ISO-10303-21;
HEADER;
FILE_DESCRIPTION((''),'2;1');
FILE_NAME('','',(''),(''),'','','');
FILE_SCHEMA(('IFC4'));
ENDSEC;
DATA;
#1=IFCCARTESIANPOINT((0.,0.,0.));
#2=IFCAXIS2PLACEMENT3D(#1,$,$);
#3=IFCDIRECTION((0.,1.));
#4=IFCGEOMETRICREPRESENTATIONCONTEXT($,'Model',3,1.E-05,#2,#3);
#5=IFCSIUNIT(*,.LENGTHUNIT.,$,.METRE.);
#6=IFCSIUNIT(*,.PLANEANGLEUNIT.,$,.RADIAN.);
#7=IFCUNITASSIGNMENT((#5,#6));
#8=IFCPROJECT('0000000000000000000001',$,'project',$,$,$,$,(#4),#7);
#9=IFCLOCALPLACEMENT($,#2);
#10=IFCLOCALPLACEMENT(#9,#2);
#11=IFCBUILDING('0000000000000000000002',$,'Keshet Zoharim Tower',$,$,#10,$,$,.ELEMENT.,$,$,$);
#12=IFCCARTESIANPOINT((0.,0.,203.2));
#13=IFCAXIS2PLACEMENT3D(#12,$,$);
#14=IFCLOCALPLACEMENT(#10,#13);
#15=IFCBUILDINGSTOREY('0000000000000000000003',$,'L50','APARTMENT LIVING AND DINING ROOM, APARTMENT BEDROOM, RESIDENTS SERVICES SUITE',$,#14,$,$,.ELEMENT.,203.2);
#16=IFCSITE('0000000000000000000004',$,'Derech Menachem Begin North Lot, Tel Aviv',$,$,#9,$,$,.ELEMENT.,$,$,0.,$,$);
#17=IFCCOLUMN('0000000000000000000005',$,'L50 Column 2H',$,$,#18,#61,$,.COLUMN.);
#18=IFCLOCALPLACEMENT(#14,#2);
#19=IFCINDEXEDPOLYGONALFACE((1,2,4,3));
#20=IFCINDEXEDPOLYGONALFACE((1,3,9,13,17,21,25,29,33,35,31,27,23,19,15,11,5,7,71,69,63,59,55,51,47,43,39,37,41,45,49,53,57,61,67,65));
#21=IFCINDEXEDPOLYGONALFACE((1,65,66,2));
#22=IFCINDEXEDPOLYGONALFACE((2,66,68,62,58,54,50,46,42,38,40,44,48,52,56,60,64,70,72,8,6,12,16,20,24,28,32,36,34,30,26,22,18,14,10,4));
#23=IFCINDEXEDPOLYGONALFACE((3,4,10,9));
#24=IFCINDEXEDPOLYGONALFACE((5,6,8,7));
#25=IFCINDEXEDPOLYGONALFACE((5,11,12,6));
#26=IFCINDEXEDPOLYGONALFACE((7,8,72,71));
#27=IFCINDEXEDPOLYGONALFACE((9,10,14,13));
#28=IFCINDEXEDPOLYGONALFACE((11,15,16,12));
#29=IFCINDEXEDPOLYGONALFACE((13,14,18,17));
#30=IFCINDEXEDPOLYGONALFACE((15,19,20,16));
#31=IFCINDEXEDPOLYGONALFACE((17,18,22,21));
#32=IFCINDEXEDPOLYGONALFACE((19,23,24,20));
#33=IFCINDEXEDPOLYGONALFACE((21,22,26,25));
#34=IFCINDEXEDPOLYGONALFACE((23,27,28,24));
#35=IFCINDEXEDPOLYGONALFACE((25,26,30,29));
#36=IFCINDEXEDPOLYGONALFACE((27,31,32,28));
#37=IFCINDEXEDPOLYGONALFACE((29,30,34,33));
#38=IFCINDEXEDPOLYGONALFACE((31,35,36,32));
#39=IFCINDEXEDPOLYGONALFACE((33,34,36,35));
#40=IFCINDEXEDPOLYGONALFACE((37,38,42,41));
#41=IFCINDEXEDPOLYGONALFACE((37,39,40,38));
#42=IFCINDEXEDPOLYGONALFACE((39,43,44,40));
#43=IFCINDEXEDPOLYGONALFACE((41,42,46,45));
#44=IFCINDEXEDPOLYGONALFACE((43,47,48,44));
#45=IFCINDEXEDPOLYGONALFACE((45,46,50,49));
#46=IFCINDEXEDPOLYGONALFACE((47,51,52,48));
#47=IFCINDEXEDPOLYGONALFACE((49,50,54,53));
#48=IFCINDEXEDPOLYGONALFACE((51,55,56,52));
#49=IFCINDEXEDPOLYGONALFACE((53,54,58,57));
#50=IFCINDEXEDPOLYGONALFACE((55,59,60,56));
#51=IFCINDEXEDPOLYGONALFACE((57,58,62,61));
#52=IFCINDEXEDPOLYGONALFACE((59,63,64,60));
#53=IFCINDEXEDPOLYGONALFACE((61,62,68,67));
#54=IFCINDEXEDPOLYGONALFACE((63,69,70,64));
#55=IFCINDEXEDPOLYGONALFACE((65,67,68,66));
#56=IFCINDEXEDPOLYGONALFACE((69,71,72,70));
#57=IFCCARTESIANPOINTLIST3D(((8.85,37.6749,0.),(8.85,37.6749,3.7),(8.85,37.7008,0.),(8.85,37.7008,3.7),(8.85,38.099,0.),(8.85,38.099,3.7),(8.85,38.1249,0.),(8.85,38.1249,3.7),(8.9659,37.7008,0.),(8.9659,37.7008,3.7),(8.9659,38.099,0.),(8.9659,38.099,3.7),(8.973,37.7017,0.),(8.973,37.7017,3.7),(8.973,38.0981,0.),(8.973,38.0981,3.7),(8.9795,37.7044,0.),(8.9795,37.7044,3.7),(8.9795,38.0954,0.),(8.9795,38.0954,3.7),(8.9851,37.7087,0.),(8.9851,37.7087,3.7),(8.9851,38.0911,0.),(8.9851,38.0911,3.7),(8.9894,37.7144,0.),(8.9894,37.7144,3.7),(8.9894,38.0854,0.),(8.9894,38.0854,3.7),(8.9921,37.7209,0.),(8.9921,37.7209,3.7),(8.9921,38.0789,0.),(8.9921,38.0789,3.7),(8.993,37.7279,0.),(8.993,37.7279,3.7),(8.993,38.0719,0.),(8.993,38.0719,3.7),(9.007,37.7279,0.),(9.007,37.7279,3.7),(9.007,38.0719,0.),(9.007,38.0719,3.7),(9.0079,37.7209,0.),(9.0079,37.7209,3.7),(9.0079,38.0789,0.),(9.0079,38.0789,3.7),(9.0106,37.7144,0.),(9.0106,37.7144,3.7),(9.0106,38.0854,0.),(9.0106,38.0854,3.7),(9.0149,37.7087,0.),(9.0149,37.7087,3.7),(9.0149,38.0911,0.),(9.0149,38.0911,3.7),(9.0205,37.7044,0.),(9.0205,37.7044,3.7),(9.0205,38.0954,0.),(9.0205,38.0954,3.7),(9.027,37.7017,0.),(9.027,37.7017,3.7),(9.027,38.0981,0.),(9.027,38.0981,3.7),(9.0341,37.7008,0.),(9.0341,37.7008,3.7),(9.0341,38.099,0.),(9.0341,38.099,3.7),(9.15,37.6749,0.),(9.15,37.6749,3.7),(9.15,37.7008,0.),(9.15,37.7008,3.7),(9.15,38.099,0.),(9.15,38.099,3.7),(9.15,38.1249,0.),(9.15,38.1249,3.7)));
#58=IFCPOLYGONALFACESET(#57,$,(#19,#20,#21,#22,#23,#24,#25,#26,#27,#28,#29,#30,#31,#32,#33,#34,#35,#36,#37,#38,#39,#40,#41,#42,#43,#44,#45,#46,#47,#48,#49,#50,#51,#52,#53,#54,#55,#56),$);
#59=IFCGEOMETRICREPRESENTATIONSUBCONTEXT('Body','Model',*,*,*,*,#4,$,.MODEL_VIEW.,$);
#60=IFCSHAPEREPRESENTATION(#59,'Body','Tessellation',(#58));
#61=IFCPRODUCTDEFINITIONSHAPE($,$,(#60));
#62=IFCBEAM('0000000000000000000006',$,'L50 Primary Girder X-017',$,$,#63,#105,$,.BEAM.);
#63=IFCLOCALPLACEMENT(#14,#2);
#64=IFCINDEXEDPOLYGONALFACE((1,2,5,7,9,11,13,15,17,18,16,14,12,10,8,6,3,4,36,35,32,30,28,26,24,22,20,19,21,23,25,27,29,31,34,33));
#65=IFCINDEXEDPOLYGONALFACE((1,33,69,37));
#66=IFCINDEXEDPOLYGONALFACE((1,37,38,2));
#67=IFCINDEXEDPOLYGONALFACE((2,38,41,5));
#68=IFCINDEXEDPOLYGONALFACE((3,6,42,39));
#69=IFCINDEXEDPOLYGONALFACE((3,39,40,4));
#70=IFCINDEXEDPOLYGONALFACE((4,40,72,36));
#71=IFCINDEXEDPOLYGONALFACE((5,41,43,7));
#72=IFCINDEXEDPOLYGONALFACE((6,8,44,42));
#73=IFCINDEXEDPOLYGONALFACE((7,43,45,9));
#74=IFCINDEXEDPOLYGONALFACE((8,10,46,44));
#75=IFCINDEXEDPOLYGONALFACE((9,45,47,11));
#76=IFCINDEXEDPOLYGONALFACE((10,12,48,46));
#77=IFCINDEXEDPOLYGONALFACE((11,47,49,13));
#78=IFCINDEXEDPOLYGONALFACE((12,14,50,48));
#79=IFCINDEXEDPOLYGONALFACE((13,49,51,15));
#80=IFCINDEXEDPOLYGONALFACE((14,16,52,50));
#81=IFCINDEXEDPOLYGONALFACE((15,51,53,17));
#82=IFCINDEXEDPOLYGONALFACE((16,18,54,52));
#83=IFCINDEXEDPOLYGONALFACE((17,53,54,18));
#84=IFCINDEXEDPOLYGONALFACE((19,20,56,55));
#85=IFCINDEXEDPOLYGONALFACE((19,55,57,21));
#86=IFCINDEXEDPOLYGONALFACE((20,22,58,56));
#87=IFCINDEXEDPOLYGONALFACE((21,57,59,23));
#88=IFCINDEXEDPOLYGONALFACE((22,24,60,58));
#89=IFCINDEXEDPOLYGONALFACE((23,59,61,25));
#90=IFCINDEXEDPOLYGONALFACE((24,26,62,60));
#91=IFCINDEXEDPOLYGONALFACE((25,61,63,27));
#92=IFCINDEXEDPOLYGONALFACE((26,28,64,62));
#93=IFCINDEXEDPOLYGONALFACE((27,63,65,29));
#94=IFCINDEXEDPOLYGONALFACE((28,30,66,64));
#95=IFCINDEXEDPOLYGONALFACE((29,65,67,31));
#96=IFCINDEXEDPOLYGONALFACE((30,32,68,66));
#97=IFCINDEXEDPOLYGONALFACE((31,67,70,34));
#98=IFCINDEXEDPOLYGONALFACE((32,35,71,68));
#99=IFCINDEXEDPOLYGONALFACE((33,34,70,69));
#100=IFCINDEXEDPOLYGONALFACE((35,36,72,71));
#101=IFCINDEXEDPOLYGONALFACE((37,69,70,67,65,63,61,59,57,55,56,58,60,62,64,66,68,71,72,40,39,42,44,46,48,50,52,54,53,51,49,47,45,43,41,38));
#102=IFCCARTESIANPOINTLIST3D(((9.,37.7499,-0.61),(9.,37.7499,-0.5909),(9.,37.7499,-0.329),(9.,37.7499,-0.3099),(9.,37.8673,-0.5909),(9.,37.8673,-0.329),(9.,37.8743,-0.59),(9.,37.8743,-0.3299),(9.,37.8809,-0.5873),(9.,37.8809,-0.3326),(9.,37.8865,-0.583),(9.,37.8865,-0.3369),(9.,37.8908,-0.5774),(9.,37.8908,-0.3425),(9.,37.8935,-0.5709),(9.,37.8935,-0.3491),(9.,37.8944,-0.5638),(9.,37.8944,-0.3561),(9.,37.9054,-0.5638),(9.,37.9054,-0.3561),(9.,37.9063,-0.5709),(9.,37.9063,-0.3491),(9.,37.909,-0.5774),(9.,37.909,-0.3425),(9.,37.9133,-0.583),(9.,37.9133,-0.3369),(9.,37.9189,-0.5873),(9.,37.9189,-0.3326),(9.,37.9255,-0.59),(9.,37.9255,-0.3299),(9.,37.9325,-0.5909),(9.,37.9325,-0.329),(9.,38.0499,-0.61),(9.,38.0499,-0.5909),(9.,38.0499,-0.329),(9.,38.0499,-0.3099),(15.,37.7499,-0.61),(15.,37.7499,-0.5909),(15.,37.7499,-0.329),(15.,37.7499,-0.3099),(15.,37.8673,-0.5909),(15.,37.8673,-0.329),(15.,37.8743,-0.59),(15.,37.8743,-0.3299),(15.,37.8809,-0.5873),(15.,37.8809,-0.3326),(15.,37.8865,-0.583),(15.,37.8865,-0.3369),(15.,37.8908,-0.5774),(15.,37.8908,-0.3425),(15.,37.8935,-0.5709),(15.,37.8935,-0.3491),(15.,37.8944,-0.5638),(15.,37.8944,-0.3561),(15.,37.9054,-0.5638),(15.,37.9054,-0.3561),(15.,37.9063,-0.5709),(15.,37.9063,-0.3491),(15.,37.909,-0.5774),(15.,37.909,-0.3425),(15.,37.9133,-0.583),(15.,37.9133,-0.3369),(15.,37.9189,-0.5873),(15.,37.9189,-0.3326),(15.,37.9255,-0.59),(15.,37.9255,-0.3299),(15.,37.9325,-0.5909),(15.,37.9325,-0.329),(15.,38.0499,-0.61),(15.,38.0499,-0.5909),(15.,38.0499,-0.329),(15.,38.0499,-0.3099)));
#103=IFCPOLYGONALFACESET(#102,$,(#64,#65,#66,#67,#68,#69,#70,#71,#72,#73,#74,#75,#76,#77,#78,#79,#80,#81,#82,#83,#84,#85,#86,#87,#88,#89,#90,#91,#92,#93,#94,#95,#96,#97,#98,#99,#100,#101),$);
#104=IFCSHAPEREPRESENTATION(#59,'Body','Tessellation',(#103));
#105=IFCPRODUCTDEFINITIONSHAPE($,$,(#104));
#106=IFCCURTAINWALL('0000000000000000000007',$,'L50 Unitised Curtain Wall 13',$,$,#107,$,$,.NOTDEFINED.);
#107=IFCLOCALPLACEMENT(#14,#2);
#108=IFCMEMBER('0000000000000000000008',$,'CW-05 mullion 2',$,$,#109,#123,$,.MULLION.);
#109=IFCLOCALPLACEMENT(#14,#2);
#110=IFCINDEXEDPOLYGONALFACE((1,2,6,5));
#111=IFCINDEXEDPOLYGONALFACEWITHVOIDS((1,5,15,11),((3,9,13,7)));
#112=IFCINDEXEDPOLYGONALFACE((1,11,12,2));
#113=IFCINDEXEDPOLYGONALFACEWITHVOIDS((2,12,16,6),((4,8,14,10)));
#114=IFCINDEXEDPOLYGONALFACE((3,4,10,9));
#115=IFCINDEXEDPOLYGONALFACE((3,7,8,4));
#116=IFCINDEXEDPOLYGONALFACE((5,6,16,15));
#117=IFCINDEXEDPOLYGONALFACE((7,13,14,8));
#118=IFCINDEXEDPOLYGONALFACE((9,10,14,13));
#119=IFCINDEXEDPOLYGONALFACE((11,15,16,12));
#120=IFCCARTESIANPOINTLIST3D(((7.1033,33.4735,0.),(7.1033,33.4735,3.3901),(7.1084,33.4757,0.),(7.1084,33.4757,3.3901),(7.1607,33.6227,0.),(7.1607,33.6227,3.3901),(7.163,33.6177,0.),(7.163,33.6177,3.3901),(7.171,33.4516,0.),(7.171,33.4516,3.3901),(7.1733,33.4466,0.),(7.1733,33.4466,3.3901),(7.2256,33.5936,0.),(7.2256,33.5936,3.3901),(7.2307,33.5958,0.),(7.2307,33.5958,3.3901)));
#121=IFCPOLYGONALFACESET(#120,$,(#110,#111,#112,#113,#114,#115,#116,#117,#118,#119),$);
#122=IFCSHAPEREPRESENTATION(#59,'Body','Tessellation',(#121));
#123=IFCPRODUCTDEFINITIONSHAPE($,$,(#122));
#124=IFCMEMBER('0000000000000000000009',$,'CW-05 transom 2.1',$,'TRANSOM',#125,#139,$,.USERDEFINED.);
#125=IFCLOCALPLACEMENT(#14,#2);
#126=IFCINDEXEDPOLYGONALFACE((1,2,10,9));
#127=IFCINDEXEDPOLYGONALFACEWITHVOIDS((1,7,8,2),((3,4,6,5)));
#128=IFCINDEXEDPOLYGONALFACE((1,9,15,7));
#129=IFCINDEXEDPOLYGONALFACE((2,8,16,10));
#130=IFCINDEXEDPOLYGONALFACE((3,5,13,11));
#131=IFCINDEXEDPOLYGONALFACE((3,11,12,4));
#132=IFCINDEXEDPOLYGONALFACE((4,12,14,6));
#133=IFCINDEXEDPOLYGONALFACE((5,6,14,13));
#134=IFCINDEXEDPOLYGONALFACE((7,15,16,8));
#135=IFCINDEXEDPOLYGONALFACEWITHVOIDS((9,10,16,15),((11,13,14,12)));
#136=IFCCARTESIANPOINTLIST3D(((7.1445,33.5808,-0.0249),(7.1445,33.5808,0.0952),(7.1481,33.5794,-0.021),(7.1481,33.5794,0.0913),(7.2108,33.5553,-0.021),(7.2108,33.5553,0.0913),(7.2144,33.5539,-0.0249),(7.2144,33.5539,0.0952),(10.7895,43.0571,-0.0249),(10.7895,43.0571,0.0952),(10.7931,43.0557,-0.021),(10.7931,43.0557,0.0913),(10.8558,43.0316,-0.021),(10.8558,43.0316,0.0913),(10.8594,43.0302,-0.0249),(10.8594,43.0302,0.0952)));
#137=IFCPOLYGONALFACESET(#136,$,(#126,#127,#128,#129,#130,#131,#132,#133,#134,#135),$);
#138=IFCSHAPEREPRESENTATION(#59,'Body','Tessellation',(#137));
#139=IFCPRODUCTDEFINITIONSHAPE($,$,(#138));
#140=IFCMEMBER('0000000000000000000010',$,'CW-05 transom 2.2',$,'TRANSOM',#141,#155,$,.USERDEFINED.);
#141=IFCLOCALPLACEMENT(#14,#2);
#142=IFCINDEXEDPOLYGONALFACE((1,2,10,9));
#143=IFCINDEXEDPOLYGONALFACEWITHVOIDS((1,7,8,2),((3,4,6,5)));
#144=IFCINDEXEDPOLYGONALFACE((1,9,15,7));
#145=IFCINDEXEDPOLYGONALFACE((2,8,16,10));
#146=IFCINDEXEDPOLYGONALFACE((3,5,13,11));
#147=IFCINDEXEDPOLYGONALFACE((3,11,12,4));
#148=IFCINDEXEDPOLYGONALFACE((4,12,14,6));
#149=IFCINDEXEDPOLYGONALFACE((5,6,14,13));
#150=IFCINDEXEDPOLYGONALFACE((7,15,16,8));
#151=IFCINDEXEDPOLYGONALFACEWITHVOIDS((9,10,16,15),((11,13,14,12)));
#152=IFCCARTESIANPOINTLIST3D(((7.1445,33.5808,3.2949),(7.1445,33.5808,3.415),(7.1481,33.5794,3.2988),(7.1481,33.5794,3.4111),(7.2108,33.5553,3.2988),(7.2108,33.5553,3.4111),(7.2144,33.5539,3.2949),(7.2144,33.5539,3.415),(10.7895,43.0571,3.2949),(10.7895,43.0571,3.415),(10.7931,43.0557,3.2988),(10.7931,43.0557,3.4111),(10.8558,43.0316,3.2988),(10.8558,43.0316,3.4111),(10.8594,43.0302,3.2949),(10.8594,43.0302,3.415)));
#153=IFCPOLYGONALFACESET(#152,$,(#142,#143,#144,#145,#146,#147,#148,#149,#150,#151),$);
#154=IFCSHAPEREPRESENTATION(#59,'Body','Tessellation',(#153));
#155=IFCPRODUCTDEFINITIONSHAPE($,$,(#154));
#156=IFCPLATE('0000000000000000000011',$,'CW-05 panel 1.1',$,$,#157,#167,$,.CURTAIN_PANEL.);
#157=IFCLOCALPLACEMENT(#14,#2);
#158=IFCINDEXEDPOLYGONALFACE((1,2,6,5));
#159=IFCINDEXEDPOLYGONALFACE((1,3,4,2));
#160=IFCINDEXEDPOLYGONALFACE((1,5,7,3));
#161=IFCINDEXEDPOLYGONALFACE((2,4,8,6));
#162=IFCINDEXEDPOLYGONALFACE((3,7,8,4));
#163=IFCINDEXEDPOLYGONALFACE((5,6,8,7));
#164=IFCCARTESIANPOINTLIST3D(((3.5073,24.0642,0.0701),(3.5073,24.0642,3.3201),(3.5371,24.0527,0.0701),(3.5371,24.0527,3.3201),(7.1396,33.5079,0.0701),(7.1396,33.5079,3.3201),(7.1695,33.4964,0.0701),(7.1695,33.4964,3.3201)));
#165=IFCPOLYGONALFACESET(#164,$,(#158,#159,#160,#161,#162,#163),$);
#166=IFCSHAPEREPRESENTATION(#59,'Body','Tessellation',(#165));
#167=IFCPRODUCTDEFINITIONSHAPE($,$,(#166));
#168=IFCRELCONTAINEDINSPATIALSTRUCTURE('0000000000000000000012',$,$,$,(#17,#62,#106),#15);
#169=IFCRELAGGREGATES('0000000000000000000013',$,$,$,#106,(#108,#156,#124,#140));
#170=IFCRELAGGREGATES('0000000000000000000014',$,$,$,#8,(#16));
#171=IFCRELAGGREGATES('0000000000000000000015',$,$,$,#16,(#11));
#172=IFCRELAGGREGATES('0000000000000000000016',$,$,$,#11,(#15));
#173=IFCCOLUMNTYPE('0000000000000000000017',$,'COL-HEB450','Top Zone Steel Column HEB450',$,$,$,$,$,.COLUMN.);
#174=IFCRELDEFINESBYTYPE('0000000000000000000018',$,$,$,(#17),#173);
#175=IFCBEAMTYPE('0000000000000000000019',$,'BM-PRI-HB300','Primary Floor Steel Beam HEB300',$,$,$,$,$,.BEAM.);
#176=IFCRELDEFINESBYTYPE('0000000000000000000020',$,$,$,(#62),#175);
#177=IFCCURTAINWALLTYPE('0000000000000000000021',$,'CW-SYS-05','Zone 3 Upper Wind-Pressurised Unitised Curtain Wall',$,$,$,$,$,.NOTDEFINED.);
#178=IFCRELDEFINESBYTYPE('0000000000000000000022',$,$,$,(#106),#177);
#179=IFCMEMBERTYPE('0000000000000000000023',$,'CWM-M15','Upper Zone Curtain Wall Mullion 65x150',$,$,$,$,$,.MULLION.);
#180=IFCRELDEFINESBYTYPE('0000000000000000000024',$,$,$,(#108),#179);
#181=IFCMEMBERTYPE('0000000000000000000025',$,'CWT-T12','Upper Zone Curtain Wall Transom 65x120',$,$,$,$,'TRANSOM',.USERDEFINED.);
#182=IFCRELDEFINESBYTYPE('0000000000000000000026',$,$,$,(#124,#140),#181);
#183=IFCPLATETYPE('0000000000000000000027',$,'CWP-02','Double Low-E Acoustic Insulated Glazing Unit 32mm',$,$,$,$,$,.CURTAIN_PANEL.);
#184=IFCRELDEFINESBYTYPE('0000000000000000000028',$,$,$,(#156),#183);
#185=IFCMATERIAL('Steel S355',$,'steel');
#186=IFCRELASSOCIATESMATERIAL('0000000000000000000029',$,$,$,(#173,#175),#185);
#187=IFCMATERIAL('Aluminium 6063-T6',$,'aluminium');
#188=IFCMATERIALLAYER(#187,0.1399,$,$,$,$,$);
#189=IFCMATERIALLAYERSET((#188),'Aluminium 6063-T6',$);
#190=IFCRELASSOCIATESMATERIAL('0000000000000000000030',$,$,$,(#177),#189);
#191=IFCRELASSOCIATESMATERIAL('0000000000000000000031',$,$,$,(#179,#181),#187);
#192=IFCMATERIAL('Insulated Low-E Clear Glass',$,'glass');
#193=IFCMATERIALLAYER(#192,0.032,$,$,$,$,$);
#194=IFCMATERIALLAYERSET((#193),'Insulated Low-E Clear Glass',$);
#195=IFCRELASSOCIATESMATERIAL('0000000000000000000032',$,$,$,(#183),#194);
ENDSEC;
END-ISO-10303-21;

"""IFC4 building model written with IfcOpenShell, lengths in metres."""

from ifc_helpers import new_model, si_unit, direction, frame, origin, origin_2d, place, context, subcontext, project, spatial, rectangle, hollow_rectangle, i_section, extrude, material, layer, layer_set, material_profile, profile_set, type_object, element, aggregate, save


model = new_model("IFC4")

# Units and contexts
model_context = context("Model", 3, precision=1e-05, world=origin(), true_north=direction((0.0, 1.0)))
body_context = subcontext(model_context, "Body", "Model", "MODEL_VIEW")
ifc_project = project(units=[si_unit("LENGTHUNIT", "METRE"), si_unit("PLANEANGLEUNIT", "RADIAN")], contexts=[model_context])

# Site, building, storey
site_placement = place(None, origin())
site = spatial("IfcSite", under=ifc_project, at=site_placement, Name="Derech Menachem Begin North Lot, Tel Aviv", CompositionType="ELEMENT", RefElevation=0.0)
building_placement = place(site_placement, origin())
building = spatial("IfcBuilding", under=site, at=building_placement, Name="Keshet Zoharim Tower", CompositionType="ELEMENT")
storey_placement = place(building_placement, frame((0.0, 0.0, 203.2)))
storey = spatial("IfcBuildingStorey", under=building, at=storey_placement, Name="L50", Description="APARTMENT LIVING AND DINING ROOM, APARTMENT BEDROOM, RESIDENTS SERVICES SUITE", CompositionType="ELEMENT", Elevation=203.2)

# Column
ifc_material_1 = material(Name="Steel S355", Category="steel")
ifc_material_profile_1 = material_profile(ifc_material_1, i_section(OverallWidth=0.3, OverallDepth=0.45, WebThickness=0.0139, FlangeThickness=0.0259, FilletRadius=0.0271, at=origin_2d()), Name="HEB450")
ifc_profile_set_1 = profile_set([ifc_material_profile_1], Name="Steel S355")
column_type = type_object("IfcColumnType", Name="COL-HEB450", Description="Top Zone Steel Column HEB450", PredefinedType="COLUMN", material=ifc_profile_set_1)
column_placement = place(storey_placement, frame((9.0, 37.8999, 0.0), z_axis=(0.0, 0.0, 1.0), x_axis=(1.0, 0.0, 0.0)))
element("IfcColumn", 1, at=column_placement, inside=storey, type_object=column_type, Name="L50 Column 2H", PredefinedType="COLUMN", context=body_context, shape_type="SweptSolid", body=[
    extrude(i_section(OverallWidth=0.3, OverallDepth=0.45, WebThickness=0.0139, FlangeThickness=0.0259, FilletRadius=0.0271, at=origin_2d()), origin(), (0.0, 0.0, 1.0), 3.7),
])

# Beam
ifc_material_profile_2 = material_profile(ifc_material_1, i_section(OverallWidth=0.3, OverallDepth=0.3, WebThickness=0.011, FlangeThickness=0.019, FilletRadius=0.0271, at=origin_2d()), Name="HEB300")
ifc_profile_set_2 = profile_set([ifc_material_profile_2], Name="Steel S355")
beam_type = type_object("IfcBeamType", Name="BM-PRI-HB300", Description="Primary Floor Steel Beam HEB300", PredefinedType="BEAM", material=ifc_profile_set_2)
beam_placement = place(storey_placement, frame((9.0, 37.8999, -0.46), z_axis=(1.0, 0.0, 0.0), x_axis=(0.0, 1.0, 0.0)))
element("IfcBeam", 2, at=beam_placement, inside=storey, type_object=beam_type, Name="L50 Primary Girder X-017", PredefinedType="BEAM", context=body_context, shape_type="SweptSolid", body=[
    extrude(i_section(OverallWidth=0.3, OverallDepth=0.3, WebThickness=0.011, FlangeThickness=0.019, FilletRadius=0.0271, at=origin_2d()), origin(), (0.0, 0.0, 1.0), 6.0),
])

# Curtain wall, members, plate
ifc_material_2 = material(Name="Aluminium 6063-T6", Category="aluminium")
ifc_layer_1 = layer(ifc_material_2, 0.1399)
ifc_layer_set_1 = layer_set([ifc_layer_1], Name="Aluminium 6063-T6")
curtain_wall_type = type_object("IfcCurtainWallType", Name="CW-SYS-05", Description="Zone 3 Upper Wind-Pressurised Unitised Curtain Wall", PredefinedType="NOTDEFINED", material=ifc_layer_set_1)
curtain_wall_placement = place(storey_placement, origin())
curtain_wall = element("IfcCurtainWall", 3, at=curtain_wall_placement, inside=storey, type_object=curtain_wall_type, Name="L50 Unitised Curtain Wall 13", PredefinedType="NOTDEFINED")
ifc_material_profile_3 = material_profile(ifc_material_2, hollow_rectangle(XDim=0.075, YDim=0.1599, WallThickness=0.0039, at=origin_2d()), Name="MUL-75x160")
ifc_profile_set_3 = profile_set([ifc_material_profile_3], Name="Aluminium 6063-T6")
member_type_1 = type_object("IfcMemberType", Name="CWM-M15", Description="Upper Zone Curtain Wall Mullion 65x150", PredefinedType="MULLION", material=ifc_profile_set_3)
member_1_placement = place(storey_placement, frame((7.167, 33.5347, 0.0), z_axis=(0.0, 0.0, 1.0), x_axis=(-0.933341, 0.35899, 0.0)))
member_1 = element("IfcMember", 4, at=member_1_placement, type_object=member_type_1, Name="CW-05 mullion 2", PredefinedType="MULLION", context=body_context, shape_type="SweptSolid", body=[
    extrude(hollow_rectangle(XDim=0.075, YDim=0.1599, WallThickness=0.0039, at=origin_2d()), origin(), (0.0, 0.0, 1.0), 3.3901),
])
ifc_material_profile_4 = material_profile(ifc_material_2, hollow_rectangle(XDim=0.075, YDim=0.1201, WallThickness=0.0039, at=origin_2d()), Name="TRN-75x120")
ifc_profile_set_4 = profile_set([ifc_material_profile_4], Name="Aluminium 6063-T6")
member_type_2 = type_object("IfcMemberType", Name="CWT-T12", Description="Upper Zone Curtain Wall Transom 65x120", ElementType="TRANSOM", PredefinedType="USERDEFINED", material=ifc_profile_set_4)
member_2_placement = place(storey_placement, frame((7.1794, 33.5674, 0.0352), z_axis=(0.359003, 0.933336, 0.0), x_axis=(-0.933336, 0.359003, 0.0)))
member_2 = element("IfcMember", 5, at=member_2_placement, type_object=member_type_2, Name="CW-05 transom 2.1", ObjectType="TRANSOM", PredefinedType="USERDEFINED", context=body_context, shape_type="SweptSolid", body=[
    extrude(hollow_rectangle(XDim=0.075, YDim=0.1201, WallThickness=0.0039, at=origin_2d()), origin(), (0.0, 0.0, 1.0), 10.1531),
])
member_3_placement = place(storey_placement, frame((7.1794, 33.5674, 3.355), z_axis=(0.359003, 0.933336, 0.0), x_axis=(-0.933336, 0.359003, 0.0)))
member_3 = element("IfcMember", 6, at=member_3_placement, type_object=member_type_2, Name="CW-05 transom 2.2", ObjectType="TRANSOM", PredefinedType="USERDEFINED", context=body_context, shape_type="SweptSolid", body=[
    extrude(hollow_rectangle(XDim=0.075, YDim=0.1201, WallThickness=0.0039, at=origin_2d()), origin(), (0.0, 0.0, 1.0), 10.1531),
])
ifc_material_3 = material(Name="Insulated Low-E Clear Glass", Category="glass")
ifc_layer_2 = layer(ifc_material_3, 0.032)
ifc_layer_set_2 = layer_set([ifc_layer_2], Name="Insulated Low-E Clear Glass")
plate_type = type_object("IfcPlateType", Name="CWP-02", Description="Double Low-E Acoustic Insulated Glazing Unit 32mm", PredefinedType="CURTAIN_PANEL", material=ifc_layer_set_2)
plate_placement = place(storey_placement, frame((5.3384, 28.7803, 0.0701), z_axis=(0.0, 0.0, 1.0), x_axis=(0.35899, 0.933341, 0.0)))
plate = element("IfcPlate", 7, at=plate_placement, type_object=plate_type, Name="CW-05 panel 1.1", PredefinedType="CURTAIN_PANEL", context=body_context, shape_type="SweptSolid", body=[
    extrude(rectangle(XDim=10.1182, YDim=0.032, at=origin_2d()), origin(), (0.0, 0.0, 1.0), 3.25),
])
aggregate(curtain_wall, [member_1, plate, member_2, member_3])

save(model, "model.ifc")
